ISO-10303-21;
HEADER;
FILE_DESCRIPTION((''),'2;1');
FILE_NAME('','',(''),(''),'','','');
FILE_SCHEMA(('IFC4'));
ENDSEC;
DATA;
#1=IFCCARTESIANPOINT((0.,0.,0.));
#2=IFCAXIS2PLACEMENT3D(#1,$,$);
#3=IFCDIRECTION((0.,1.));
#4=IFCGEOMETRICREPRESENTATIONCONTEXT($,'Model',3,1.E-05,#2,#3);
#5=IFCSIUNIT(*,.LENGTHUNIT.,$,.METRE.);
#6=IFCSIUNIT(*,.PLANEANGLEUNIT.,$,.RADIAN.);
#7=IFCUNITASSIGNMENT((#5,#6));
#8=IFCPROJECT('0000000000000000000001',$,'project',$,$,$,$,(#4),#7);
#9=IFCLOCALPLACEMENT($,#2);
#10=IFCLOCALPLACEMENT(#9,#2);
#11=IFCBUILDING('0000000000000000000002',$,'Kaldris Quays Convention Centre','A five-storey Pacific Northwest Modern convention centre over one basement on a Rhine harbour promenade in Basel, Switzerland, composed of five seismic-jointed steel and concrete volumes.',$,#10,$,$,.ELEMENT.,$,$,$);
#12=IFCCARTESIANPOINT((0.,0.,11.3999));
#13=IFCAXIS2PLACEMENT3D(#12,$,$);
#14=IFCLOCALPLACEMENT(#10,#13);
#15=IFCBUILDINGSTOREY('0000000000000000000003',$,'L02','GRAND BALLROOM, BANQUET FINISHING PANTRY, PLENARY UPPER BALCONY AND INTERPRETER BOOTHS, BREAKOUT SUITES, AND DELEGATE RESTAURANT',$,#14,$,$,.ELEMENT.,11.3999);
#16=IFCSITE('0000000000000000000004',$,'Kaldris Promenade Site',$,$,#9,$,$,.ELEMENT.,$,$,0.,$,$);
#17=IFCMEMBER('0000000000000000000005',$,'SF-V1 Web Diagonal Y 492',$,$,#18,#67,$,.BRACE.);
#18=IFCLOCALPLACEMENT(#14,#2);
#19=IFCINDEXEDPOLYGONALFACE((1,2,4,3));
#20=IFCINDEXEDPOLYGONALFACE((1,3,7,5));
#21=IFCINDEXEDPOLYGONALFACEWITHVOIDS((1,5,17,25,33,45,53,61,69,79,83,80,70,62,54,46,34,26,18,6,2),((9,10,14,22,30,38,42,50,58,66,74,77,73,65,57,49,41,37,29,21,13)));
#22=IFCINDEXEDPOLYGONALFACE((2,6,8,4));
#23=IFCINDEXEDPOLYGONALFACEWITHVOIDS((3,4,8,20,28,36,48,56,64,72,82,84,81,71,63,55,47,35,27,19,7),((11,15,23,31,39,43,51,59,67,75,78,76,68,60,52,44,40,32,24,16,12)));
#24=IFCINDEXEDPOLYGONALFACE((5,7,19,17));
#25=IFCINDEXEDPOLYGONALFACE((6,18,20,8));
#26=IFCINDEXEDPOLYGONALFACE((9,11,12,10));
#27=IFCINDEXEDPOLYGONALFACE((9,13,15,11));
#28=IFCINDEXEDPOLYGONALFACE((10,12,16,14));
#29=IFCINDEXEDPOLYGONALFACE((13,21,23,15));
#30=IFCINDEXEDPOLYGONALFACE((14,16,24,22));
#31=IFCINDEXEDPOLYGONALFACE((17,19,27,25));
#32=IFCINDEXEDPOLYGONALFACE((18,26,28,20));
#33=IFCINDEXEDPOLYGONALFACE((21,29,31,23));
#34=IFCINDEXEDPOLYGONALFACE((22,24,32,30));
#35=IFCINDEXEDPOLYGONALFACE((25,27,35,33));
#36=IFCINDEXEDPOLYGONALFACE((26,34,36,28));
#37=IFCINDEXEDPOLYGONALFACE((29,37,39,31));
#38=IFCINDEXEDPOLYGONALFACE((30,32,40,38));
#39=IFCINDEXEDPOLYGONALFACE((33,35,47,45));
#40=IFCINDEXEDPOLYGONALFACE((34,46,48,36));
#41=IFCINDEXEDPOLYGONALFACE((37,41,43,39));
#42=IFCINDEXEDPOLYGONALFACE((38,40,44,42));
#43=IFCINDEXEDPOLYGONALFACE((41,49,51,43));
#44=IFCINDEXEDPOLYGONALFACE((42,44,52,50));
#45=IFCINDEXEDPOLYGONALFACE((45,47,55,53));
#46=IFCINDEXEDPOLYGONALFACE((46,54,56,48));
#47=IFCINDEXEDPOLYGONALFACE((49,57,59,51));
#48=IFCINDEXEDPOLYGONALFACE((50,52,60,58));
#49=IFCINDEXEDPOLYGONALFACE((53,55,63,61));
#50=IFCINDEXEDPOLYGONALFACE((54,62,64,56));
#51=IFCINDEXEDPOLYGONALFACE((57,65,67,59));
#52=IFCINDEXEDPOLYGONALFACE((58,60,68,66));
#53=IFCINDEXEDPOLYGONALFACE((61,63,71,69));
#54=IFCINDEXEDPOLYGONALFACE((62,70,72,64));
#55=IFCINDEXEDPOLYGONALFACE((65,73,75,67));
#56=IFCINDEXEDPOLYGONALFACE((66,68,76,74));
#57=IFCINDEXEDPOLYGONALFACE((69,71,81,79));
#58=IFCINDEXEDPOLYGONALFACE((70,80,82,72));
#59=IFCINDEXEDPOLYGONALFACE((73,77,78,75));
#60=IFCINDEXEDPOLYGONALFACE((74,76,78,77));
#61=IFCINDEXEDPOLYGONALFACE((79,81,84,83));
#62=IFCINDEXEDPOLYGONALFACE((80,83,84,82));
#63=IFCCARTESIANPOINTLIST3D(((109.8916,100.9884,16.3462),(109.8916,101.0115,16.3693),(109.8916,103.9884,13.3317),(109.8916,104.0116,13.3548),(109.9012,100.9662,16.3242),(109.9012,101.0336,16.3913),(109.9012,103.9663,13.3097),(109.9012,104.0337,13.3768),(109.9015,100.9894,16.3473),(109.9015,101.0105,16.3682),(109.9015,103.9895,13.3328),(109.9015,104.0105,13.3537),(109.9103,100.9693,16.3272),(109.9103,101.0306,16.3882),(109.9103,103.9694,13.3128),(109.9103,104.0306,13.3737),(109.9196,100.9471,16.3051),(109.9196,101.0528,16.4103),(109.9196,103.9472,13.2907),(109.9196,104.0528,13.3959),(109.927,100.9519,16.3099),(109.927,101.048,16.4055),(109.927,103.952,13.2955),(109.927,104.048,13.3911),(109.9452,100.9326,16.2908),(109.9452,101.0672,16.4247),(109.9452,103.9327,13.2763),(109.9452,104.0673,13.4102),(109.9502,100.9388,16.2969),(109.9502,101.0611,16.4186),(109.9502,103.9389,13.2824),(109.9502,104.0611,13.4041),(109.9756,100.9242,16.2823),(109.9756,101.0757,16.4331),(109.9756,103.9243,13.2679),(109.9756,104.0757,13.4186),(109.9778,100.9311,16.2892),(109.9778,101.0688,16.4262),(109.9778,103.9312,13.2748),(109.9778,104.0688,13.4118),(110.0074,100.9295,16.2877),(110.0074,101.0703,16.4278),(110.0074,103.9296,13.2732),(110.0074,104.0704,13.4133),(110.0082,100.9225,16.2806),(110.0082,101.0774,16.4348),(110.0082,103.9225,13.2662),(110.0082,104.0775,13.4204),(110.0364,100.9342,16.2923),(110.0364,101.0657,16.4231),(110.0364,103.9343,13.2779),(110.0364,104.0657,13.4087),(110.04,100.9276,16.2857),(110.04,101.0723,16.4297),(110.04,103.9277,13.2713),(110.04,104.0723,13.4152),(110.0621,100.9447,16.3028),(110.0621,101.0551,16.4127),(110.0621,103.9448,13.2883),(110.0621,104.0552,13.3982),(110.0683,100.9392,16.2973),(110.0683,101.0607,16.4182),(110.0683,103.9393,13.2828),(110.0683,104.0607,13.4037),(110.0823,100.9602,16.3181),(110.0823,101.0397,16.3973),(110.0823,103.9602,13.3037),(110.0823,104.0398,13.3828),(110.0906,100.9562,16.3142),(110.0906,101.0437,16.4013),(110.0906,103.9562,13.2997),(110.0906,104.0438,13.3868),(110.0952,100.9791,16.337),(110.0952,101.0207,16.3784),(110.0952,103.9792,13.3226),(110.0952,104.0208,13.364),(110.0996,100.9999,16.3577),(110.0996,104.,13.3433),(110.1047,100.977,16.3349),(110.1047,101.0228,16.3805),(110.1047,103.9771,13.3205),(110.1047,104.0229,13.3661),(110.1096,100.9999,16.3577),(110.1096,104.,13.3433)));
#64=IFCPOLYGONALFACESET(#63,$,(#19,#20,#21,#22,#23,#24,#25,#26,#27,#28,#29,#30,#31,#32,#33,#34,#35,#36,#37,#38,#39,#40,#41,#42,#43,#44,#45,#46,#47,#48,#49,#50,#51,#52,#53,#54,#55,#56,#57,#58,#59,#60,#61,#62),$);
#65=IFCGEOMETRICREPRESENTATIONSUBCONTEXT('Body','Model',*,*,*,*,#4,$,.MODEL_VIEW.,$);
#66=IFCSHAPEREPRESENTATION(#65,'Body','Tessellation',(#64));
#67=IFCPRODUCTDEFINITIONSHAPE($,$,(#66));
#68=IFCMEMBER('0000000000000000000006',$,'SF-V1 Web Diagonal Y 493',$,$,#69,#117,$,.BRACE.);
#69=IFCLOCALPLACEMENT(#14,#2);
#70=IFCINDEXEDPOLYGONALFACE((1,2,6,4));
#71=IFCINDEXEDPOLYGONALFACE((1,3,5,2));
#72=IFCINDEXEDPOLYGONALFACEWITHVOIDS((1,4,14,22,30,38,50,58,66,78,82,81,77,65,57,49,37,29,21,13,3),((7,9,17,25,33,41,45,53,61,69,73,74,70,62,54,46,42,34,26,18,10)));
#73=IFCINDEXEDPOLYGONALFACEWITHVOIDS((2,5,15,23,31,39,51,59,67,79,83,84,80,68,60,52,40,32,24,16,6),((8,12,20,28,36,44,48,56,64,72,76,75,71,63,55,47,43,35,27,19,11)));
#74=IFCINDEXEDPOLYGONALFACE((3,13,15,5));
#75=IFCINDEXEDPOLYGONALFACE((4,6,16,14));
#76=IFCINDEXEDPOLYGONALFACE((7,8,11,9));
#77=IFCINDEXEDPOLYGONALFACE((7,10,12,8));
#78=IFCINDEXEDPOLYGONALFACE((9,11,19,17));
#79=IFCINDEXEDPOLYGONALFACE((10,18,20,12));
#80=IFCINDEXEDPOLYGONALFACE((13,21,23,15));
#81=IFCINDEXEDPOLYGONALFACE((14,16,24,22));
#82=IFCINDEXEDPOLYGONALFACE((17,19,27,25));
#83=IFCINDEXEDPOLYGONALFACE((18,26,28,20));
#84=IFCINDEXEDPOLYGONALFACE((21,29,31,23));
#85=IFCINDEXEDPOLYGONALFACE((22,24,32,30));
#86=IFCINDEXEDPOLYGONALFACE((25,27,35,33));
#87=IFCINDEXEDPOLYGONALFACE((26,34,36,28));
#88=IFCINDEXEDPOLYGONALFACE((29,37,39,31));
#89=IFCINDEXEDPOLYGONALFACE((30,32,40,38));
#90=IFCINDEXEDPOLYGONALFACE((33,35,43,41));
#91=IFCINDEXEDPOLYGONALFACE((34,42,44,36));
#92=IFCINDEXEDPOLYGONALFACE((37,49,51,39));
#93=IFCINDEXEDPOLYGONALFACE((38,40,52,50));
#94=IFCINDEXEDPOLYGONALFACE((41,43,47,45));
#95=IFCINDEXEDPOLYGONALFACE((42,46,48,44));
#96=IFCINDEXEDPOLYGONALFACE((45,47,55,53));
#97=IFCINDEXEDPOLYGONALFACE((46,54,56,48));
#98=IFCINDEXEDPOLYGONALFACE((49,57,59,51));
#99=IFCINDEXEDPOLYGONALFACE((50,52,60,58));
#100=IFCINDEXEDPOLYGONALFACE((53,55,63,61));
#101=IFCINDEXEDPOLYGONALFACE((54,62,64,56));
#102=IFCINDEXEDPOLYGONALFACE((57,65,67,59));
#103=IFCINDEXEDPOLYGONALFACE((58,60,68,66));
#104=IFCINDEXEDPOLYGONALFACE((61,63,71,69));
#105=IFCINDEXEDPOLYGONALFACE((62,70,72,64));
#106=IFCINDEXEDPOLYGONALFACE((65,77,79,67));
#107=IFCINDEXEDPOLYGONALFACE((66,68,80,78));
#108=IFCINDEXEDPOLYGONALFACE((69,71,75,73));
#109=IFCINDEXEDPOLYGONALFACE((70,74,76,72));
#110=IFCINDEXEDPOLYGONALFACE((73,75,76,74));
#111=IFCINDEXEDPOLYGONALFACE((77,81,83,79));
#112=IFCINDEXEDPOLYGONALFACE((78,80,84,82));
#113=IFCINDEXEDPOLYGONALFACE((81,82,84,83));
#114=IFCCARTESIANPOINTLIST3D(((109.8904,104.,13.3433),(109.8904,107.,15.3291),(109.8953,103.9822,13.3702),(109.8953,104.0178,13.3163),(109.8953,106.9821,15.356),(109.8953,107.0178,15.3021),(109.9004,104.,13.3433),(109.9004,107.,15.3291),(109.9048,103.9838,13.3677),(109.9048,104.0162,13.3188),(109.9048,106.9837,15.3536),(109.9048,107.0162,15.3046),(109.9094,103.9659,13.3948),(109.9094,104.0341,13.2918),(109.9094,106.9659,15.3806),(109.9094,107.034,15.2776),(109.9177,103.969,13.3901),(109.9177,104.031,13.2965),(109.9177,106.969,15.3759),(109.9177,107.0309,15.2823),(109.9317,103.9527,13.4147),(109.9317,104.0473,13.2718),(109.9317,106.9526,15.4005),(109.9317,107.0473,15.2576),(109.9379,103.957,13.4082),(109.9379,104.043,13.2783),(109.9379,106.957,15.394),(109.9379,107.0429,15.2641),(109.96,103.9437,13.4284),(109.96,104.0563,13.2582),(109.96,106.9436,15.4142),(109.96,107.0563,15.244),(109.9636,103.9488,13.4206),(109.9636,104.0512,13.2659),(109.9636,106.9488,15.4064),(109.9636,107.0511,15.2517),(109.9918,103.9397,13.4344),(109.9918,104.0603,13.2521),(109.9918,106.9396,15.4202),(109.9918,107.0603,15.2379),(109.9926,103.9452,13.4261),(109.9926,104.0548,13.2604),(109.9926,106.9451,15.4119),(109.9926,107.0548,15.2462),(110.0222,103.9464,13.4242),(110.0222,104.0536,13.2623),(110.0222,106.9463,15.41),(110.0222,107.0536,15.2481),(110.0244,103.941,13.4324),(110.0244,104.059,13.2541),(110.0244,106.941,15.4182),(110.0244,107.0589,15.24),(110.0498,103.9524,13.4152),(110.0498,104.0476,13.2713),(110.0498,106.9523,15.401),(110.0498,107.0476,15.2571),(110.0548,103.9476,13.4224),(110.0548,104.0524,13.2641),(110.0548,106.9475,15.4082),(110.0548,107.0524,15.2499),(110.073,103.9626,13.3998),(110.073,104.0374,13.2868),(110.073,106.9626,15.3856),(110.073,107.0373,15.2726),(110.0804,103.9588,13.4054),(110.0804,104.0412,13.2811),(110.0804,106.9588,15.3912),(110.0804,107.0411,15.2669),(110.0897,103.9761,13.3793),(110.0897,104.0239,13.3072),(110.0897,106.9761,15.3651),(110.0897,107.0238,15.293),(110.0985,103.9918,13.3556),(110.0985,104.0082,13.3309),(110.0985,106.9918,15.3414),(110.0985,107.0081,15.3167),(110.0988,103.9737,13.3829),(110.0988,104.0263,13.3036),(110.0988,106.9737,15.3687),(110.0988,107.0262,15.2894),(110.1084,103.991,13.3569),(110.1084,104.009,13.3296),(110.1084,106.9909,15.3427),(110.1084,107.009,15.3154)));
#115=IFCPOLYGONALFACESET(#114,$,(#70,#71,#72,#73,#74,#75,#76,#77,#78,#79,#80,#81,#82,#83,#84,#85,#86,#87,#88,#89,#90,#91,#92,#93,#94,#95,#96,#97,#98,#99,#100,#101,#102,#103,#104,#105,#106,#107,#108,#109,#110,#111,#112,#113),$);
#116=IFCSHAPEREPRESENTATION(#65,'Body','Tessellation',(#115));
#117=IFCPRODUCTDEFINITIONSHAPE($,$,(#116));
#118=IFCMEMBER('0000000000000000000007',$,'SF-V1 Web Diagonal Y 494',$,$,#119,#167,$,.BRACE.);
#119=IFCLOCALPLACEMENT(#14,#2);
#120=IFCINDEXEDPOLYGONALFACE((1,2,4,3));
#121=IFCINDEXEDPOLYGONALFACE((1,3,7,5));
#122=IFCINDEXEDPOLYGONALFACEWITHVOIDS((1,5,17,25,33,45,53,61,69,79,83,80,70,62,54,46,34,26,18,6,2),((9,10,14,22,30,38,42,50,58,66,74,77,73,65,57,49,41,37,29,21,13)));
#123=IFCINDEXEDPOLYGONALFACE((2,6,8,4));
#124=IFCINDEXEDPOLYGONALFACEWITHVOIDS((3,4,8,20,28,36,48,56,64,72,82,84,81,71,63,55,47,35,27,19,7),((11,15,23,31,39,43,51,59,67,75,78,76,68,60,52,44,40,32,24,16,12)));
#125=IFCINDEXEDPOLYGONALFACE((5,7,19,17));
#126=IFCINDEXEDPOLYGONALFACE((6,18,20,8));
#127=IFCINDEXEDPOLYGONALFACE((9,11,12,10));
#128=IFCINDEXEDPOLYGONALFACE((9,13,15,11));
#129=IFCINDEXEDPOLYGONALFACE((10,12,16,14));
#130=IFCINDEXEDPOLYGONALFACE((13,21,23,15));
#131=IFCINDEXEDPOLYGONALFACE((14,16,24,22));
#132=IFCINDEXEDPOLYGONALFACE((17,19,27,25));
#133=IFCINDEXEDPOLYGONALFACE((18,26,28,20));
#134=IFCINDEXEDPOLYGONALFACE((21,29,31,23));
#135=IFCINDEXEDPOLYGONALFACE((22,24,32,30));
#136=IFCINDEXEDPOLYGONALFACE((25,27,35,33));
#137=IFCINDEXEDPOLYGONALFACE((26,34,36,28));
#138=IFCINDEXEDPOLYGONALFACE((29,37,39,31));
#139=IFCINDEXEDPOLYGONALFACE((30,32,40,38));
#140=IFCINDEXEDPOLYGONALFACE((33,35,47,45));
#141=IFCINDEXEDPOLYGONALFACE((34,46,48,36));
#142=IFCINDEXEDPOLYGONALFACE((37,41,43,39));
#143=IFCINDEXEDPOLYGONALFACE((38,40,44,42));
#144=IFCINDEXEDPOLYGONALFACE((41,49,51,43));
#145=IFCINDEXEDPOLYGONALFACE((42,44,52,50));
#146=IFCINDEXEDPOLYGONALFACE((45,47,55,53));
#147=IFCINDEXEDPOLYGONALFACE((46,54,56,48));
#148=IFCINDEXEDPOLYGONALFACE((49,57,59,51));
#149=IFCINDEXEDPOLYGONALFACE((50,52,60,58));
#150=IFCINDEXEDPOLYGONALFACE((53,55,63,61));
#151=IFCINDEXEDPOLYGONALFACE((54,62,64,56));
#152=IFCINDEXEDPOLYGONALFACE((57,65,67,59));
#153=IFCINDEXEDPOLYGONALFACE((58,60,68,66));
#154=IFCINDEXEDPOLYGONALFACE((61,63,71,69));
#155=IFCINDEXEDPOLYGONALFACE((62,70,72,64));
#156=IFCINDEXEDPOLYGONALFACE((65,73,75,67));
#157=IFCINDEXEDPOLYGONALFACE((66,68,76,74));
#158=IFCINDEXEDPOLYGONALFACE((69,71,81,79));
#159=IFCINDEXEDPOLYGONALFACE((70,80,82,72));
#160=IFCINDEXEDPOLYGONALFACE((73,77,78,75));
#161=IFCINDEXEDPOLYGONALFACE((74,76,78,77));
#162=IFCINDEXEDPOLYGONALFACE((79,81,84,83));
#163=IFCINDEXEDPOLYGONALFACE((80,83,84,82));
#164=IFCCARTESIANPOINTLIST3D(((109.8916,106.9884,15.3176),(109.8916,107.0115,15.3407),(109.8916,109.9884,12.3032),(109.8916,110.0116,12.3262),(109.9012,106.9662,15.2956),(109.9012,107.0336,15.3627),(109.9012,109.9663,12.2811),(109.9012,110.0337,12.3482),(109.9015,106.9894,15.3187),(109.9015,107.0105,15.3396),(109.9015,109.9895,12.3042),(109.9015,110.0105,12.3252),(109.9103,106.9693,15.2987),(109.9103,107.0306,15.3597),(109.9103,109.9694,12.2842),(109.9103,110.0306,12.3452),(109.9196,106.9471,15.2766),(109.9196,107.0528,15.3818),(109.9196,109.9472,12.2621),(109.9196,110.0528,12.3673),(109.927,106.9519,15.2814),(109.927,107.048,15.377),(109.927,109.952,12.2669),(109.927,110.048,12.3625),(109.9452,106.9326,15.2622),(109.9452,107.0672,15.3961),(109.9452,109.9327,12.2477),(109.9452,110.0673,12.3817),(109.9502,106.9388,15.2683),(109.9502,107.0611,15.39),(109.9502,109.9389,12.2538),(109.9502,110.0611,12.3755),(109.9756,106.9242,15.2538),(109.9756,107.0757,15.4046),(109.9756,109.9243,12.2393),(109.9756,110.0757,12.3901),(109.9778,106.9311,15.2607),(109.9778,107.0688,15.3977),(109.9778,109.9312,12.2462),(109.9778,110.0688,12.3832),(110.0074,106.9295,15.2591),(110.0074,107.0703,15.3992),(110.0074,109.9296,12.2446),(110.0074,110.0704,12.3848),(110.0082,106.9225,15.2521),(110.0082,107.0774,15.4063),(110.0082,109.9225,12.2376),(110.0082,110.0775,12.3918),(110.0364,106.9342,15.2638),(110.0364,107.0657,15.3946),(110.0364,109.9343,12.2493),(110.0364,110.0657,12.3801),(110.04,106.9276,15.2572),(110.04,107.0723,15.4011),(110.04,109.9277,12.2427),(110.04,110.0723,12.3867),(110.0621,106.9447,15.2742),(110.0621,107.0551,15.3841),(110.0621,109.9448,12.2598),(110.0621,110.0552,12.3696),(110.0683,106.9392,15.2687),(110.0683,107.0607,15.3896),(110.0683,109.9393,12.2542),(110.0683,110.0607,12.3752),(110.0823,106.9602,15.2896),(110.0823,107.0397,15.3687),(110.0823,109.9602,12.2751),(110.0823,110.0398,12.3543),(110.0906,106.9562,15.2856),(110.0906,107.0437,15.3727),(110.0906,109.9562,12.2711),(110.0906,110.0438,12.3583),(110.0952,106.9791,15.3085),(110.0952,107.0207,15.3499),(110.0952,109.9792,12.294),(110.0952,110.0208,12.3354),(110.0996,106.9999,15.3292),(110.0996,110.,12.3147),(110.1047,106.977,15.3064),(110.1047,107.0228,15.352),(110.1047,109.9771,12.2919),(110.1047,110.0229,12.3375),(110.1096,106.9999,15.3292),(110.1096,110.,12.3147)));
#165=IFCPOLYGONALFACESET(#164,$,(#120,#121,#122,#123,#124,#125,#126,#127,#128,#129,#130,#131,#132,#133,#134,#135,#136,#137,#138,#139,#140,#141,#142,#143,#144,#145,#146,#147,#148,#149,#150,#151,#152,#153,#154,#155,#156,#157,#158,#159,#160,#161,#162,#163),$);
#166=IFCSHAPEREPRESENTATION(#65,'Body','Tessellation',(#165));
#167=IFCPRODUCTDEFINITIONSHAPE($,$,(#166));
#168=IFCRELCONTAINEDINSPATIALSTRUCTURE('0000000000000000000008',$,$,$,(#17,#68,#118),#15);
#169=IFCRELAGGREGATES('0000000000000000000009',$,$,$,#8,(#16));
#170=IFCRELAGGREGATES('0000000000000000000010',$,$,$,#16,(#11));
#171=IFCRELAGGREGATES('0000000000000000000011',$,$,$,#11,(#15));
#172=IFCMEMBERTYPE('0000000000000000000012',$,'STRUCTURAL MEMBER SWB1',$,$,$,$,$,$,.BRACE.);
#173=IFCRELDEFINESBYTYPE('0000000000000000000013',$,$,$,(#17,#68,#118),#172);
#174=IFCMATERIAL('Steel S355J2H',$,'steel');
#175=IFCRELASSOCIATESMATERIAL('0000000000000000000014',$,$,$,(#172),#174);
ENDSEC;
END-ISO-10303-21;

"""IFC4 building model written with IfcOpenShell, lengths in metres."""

from ifc_helpers import new_model, si_unit, direction, frame, origin, origin_2d, place, context, subcontext, project, spatial, hollow_circle, extrude, material, material_profile, profile_set, type_object, element, save


model = new_model("IFC4")

# Units and contexts
model_context = context("Model", 3, precision=1e-05, world=origin(), true_north=direction((0.0, 1.0)))
body_context = subcontext(model_context, "Body", "Model", "MODEL_VIEW")
ifc_project = project(units=[si_unit("LENGTHUNIT", "METRE"), si_unit("PLANEANGLEUNIT", "RADIAN")], contexts=[model_context])

# Site, building, storey
site_placement = place(None, origin())
site = spatial("IfcSite", under=ifc_project, at=site_placement, Name="Kaldris Promenade Site", CompositionType="ELEMENT", RefElevation=0.0)
building_placement = place(site_placement, origin())
building = spatial("IfcBuilding", under=site, at=building_placement, Name="Kaldris Quays Convention Centre", Description="A five-storey Pacific Northwest Modern convention centre over one basement on a Rhine harbour promenade in Basel, Switzerland, composed of five seismic-jointed steel and concrete volumes.", CompositionType="ELEMENT")
storey_placement = place(building_placement, frame((0.0, 0.0, 11.3999)))
storey = spatial("IfcBuildingStorey", under=building, at=storey_placement, Name="L02", Description="GRAND BALLROOM, BANQUET FINISHING PANTRY, PLENARY UPPER BALCONY AND INTERPRETER BOOTHS, BREAKOUT SUITES, AND DELEGATE RESTAURANT", CompositionType="ELEMENT", Elevation=11.3999)

# Members
ifc_material_1 = material(Name="Steel S355J2H", Category="steel")
ifc_material_profile_1 = material_profile(ifc_material_1, hollow_circle(Radius=0.1096, WallThickness=0.01, at=origin_2d()), Name="CHS 219.1x10")
ifc_profile_set_1 = profile_set([ifc_material_profile_1], Name="Steel S355J2H")
member_type_1 = type_object("IfcMemberType", Name="STRUCTURAL MEMBER SWB1", PredefinedType="BRACE", material=ifc_profile_set_1)
member_1_placement = place(storey_placement, frame((110.0, 104.0, 13.3433), z_axis=(0.0, -0.705411, 0.708798), x_axis=(1.0, 0.0, 0.0)))
element("IfcMember", 1, at=member_1_placement, inside=storey, type_object=member_type_1, Name="SF-V1 Web Diagonal Y 492", PredefinedType="BRACE", context=body_context, shape_type="SweptSolid", body=[
    extrude(hollow_circle(Radius=0.1096, WallThickness=0.01, at=origin_2d()), origin(), (0.0, 0.0, 1.0), 4.2529),
])
member_2_placement = place(storey_placement, frame((110.0, 104.0, 13.3433), z_axis=(0.0, 0.833862, 0.551972), x_axis=(-1.0, 0.0, 0.0)))
element("IfcMember", 2, at=member_2_placement, inside=storey, type_object=member_type_1, Name="SF-V1 Web Diagonal Y 493", PredefinedType="BRACE", context=body_context, shape_type="SweptSolid", body=[
    extrude(hollow_circle(Radius=0.1096, WallThickness=0.01, at=origin_2d()), origin(), (0.0, 0.0, 1.0), 3.5977),
])
member_3_placement = place(storey_placement, frame((110.0, 110.0, 12.3147), z_axis=(0.0, -0.705411, 0.708798), x_axis=(1.0, 0.0, 0.0)))
element("IfcMember", 3, at=member_3_placement, inside=storey, type_object=member_type_1, Name="SF-V1 Web Diagonal Y 494", PredefinedType="BRACE", context=body_context, shape_type="SweptSolid", body=[
    extrude(hollow_circle(Radius=0.1096, WallThickness=0.01, at=origin_2d()), origin(), (0.0, 0.0, 1.0), 4.2529),
])

save(model, "model.ifc")
